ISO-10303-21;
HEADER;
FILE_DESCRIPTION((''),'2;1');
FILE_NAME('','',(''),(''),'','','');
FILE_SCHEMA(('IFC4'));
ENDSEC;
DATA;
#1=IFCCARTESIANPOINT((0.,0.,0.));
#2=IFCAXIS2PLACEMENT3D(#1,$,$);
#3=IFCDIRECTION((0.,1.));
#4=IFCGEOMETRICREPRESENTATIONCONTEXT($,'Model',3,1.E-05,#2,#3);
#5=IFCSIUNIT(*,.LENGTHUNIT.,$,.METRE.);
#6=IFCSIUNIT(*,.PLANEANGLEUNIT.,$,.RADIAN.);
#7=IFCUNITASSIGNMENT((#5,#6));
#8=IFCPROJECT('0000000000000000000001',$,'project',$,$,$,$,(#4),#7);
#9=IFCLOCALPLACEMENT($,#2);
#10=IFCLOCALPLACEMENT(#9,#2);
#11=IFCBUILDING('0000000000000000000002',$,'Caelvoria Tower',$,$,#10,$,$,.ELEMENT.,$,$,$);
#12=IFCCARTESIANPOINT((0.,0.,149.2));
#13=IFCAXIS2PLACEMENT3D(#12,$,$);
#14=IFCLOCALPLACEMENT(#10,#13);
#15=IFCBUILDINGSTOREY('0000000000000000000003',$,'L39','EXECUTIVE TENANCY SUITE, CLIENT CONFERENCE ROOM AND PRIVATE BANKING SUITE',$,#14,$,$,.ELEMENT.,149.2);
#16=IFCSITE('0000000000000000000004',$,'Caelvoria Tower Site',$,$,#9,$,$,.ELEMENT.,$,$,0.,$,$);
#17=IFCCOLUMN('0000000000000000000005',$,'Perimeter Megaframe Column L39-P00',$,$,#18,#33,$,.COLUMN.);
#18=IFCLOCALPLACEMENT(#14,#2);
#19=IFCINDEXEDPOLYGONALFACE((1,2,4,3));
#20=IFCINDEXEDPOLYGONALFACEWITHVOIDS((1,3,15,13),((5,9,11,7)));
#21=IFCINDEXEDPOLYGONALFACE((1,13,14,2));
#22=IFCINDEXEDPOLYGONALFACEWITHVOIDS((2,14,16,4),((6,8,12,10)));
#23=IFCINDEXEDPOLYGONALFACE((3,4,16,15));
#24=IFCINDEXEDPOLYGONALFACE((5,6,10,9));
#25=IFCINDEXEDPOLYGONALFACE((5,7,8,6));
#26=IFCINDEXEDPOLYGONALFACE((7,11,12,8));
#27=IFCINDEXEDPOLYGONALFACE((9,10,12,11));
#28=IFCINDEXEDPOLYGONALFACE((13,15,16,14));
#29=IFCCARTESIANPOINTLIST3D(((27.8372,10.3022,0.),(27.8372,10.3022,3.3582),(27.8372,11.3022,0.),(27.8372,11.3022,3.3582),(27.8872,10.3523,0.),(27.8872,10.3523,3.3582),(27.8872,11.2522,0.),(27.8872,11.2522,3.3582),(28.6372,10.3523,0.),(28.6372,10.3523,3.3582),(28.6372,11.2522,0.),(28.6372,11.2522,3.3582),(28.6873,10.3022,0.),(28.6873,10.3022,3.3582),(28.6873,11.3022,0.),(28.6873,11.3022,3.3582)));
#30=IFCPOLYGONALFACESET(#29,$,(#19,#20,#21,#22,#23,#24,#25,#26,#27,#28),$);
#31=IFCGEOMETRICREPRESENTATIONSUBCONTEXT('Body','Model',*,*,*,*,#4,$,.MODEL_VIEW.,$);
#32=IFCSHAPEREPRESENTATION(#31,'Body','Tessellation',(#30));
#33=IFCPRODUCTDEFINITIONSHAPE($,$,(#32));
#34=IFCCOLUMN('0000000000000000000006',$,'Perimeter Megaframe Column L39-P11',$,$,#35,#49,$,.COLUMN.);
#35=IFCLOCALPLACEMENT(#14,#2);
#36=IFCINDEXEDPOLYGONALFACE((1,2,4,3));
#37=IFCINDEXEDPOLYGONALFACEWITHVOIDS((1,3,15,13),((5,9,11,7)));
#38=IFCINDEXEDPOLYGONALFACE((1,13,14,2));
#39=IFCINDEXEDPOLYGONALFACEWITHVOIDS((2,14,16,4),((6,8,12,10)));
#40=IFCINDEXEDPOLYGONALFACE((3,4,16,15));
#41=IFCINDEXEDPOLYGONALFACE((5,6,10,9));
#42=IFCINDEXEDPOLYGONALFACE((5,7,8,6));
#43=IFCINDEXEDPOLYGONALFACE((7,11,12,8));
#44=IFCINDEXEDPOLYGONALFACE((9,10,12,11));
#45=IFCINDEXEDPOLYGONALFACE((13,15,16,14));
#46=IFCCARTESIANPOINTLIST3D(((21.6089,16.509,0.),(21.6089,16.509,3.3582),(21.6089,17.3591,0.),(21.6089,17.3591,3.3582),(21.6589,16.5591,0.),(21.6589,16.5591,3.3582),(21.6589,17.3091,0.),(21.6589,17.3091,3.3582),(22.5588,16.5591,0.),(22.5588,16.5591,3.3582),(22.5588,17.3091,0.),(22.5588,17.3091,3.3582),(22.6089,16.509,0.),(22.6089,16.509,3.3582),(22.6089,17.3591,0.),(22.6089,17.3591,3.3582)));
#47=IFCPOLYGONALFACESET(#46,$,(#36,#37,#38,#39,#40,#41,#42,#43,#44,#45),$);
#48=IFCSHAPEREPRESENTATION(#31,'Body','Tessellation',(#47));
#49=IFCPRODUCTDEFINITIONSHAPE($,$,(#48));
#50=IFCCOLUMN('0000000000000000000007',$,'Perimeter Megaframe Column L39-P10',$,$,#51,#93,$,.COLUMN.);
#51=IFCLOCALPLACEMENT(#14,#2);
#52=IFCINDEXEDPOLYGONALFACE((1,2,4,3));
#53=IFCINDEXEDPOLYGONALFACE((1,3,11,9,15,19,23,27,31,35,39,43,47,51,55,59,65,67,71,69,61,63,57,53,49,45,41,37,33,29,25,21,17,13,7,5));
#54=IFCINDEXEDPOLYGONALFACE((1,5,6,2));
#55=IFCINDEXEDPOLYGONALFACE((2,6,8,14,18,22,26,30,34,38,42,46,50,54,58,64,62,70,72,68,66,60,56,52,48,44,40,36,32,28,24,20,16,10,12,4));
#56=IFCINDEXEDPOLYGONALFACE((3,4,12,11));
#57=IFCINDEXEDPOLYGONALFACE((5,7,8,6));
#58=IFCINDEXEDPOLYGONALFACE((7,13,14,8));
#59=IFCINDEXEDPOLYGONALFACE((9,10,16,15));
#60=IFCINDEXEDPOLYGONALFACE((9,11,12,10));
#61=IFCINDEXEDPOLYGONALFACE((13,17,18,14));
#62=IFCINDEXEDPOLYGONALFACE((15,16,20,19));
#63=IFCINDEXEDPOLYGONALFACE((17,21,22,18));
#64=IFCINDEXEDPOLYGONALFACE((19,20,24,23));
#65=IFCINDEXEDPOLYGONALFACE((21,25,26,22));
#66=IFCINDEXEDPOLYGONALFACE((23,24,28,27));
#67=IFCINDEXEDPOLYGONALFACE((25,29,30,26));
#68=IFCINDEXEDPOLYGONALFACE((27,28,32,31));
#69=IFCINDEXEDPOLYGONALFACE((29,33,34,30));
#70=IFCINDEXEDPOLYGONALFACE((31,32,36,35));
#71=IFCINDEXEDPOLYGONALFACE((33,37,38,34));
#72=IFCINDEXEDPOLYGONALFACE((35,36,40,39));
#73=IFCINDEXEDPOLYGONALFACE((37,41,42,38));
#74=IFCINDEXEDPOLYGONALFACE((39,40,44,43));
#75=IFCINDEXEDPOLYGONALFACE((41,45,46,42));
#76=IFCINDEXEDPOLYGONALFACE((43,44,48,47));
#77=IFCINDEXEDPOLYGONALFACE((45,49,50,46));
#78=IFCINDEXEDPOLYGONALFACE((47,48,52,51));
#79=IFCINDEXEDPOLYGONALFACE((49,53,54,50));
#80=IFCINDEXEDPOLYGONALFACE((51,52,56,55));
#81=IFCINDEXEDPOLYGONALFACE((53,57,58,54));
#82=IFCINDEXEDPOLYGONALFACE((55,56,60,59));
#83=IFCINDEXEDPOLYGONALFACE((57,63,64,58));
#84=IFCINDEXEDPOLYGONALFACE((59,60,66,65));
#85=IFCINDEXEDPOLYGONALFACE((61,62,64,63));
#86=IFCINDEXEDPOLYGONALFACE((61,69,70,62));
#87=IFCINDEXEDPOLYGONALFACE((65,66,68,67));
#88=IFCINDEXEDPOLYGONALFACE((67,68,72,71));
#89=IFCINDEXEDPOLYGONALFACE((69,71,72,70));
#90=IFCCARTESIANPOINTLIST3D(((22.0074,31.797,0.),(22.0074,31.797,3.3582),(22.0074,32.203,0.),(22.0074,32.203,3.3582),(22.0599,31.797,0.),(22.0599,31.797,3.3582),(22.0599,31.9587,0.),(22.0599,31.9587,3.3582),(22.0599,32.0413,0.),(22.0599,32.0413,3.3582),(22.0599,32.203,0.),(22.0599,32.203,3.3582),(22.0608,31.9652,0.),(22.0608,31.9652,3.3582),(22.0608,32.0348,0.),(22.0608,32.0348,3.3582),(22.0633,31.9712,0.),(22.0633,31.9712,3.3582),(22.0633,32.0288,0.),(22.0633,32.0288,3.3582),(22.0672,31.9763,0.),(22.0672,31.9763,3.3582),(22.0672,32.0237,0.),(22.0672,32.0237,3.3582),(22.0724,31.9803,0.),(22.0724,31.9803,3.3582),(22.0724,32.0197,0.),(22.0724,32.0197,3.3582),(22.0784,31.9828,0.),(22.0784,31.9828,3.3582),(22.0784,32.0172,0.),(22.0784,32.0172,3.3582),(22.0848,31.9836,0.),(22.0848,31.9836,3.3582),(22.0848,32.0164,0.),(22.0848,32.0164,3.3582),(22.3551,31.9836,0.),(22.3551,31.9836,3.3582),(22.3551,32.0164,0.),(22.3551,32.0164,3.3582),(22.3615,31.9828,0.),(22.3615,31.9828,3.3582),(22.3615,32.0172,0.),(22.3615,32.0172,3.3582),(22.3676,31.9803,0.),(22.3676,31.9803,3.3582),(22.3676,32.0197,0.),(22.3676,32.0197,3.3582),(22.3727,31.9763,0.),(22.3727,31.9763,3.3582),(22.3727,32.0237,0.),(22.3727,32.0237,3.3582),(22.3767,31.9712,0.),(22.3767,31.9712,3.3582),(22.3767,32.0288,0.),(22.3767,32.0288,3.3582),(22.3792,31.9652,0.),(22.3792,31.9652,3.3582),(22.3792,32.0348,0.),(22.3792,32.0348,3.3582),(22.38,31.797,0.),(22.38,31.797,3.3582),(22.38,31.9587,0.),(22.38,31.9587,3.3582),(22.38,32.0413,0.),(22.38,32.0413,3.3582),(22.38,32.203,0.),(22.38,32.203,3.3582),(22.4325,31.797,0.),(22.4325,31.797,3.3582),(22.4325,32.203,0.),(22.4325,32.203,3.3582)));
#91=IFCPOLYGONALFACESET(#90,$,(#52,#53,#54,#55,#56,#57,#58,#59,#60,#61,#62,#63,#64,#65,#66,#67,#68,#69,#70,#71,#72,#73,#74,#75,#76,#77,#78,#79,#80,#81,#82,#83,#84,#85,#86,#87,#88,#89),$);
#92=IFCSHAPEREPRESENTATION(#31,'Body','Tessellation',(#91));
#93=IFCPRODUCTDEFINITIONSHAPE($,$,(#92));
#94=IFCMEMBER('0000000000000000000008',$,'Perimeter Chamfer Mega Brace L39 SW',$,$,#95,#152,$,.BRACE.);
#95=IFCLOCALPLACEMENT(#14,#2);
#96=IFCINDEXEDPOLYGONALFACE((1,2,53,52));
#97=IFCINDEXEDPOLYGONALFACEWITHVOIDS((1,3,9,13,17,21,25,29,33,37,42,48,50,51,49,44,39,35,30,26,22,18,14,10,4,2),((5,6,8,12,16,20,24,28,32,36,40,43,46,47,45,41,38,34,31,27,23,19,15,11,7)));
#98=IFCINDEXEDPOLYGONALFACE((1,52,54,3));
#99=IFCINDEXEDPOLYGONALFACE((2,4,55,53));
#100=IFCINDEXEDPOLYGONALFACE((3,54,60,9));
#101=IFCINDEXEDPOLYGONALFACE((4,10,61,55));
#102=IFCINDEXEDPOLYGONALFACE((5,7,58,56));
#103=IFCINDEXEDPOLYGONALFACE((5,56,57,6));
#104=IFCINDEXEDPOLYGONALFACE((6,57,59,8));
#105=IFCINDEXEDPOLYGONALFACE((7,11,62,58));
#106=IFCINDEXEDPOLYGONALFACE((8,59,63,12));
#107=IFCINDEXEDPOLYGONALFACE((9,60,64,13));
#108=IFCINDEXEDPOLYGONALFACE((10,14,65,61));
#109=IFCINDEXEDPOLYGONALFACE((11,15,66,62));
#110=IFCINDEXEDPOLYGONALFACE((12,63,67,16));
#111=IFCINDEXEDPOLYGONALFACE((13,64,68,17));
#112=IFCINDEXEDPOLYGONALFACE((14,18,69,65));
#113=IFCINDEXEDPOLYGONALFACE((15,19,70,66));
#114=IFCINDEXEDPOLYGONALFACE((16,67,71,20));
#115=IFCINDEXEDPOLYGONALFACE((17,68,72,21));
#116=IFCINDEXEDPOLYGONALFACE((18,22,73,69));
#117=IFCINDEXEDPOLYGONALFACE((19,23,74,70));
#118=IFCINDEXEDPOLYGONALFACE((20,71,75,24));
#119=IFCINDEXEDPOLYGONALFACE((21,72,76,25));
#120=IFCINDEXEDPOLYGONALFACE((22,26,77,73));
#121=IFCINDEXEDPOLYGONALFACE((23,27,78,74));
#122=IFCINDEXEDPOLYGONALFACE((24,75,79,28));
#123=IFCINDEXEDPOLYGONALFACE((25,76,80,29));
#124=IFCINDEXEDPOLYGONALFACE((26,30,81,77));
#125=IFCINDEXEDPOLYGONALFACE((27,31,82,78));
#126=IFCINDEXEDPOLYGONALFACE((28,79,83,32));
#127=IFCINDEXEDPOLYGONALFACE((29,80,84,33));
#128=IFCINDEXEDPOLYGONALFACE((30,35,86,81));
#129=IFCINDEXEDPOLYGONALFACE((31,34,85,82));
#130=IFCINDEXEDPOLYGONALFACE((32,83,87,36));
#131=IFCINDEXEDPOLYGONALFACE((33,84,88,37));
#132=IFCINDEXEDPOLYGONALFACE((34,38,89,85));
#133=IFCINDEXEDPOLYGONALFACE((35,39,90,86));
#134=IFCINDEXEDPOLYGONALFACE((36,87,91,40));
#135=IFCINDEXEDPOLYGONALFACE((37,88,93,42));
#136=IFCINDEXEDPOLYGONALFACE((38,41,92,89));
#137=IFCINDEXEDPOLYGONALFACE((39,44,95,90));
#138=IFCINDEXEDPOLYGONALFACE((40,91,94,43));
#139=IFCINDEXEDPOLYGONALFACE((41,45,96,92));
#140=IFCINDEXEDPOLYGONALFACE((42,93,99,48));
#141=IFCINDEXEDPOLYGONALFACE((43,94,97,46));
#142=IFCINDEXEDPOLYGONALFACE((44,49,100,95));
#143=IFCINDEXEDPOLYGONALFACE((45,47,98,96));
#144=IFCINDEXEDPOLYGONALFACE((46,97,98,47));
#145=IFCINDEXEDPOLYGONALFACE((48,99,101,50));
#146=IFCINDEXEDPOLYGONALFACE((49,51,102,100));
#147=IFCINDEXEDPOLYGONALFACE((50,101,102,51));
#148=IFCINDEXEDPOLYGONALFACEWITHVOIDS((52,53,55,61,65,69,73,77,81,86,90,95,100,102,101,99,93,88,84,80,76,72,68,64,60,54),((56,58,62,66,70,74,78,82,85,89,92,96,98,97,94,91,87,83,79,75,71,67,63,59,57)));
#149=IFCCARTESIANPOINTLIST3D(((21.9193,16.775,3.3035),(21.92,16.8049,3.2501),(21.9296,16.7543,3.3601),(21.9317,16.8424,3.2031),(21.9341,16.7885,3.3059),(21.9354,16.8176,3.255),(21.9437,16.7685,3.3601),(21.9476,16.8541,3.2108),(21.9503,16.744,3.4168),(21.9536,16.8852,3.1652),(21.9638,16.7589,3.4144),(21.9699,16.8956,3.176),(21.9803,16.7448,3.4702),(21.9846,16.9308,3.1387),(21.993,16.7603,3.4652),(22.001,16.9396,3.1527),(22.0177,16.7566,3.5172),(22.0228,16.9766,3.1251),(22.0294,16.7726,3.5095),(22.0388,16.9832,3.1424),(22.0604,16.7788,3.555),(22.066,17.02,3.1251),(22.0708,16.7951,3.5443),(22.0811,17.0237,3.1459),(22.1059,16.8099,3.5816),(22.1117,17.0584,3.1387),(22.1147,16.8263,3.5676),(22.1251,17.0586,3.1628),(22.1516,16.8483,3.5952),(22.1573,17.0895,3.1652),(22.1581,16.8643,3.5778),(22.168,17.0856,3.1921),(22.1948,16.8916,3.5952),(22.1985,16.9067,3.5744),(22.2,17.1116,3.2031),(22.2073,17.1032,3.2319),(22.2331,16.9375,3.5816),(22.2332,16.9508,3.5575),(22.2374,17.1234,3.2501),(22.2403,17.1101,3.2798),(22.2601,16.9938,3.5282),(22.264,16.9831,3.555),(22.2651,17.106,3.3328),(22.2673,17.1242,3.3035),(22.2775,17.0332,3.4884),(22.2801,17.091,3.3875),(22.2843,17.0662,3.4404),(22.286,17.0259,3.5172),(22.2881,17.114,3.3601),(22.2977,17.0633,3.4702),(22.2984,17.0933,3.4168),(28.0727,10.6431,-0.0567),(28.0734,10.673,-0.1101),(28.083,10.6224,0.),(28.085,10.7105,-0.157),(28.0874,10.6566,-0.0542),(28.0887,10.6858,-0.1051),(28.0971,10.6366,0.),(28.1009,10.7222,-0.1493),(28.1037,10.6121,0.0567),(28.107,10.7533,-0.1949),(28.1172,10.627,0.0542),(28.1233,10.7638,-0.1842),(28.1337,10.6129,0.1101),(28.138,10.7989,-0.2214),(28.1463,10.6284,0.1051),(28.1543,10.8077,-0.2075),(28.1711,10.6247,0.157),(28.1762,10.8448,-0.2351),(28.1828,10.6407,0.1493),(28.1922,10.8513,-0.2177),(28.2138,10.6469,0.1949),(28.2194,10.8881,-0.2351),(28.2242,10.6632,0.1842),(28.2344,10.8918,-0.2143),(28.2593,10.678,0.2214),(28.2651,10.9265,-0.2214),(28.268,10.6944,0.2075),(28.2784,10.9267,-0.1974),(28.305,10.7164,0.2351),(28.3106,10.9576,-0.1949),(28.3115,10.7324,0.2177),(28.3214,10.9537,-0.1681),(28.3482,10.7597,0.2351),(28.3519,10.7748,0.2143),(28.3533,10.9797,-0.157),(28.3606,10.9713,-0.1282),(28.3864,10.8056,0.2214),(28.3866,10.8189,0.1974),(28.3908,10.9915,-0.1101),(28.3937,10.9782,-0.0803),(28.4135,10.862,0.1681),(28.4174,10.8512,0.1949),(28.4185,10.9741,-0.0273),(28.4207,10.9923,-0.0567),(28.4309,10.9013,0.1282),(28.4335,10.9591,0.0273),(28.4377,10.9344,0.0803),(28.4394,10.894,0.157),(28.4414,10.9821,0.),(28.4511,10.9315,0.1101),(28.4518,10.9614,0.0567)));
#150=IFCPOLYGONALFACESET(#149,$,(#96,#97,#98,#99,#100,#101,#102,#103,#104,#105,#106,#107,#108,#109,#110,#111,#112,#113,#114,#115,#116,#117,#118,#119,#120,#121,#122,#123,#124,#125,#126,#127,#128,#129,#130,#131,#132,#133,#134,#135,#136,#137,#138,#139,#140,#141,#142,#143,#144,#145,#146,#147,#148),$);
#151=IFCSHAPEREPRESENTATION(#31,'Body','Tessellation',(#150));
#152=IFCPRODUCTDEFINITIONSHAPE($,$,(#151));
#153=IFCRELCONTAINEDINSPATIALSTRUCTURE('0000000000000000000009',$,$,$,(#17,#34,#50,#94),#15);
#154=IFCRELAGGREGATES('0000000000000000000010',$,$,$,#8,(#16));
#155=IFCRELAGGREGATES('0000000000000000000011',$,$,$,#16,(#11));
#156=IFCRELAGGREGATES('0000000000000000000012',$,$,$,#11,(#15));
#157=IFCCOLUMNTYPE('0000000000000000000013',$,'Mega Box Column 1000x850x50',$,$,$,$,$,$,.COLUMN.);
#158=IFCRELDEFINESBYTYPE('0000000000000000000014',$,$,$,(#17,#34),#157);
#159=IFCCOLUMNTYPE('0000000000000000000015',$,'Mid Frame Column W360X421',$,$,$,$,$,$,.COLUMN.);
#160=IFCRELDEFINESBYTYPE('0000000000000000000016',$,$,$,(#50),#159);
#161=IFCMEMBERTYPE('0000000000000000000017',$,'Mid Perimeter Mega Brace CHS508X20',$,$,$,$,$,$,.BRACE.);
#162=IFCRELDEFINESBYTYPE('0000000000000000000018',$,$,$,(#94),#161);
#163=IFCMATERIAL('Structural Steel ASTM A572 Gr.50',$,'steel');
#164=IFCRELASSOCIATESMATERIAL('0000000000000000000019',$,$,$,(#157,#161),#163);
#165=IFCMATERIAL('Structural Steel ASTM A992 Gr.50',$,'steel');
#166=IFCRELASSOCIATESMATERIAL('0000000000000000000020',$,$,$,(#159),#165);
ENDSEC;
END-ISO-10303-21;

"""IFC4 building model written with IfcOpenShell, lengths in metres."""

from ifc_helpers import new_model, si_unit, direction, frame, origin, origin_2d, place, context, subcontext, project, spatial, hollow_rectangle, hollow_circle, i_section, extrude, material, material_profile, profile_set, type_object, element, save


model = new_model("IFC4")

# Units and contexts
model_context = context("Model", 3, precision=1e-05, world=origin(), true_north=direction((0.0, 1.0)))
body_context = subcontext(model_context, "Body", "Model", "MODEL_VIEW")
ifc_project = project(units=[si_unit("LENGTHUNIT", "METRE"), si_unit("PLANEANGLEUNIT", "RADIAN")], contexts=[model_context])

# Site, building, storey
site_placement = place(None, origin())
site = spatial("IfcSite", under=ifc_project, at=site_placement, Name="Caelvoria Tower Site", CompositionType="ELEMENT", RefElevation=0.0)
building_placement = place(site_placement, origin())
building = spatial("IfcBuilding", under=site, at=building_placement, Name="Caelvoria Tower", CompositionType="ELEMENT")
storey_placement = place(building_placement, frame((0.0, 0.0, 149.2)))
storey = spatial("IfcBuildingStorey", under=building, at=storey_placement, Name="L39", Description="EXECUTIVE TENANCY SUITE, CLIENT CONFERENCE ROOM AND PRIVATE BANKING SUITE", CompositionType="ELEMENT", Elevation=149.2)

# Columns
ifc_material_1 = material(Name="Structural Steel ASTM A572 Gr.50", Category="steel")
ifc_material_profile_1 = material_profile(ifc_material_1, hollow_rectangle(XDim=0.8501, YDim=1.0, WallThickness=0.05, at=origin_2d()), Name="Structural Steel ASTM A572 Gr.50")
ifc_profile_set_1 = profile_set([ifc_material_profile_1], Name="BOX1000X850X50 - Structural Steel ASTM A572 Gr.50")
column_type_1 = type_object("IfcColumnType", Name="Mega Box Column 1000x850x50", PredefinedType="COLUMN", material=ifc_profile_set_1)
for number, where, z_axis, x_axis, name in (
    (1, (28.2622, 10.8022, 0.0), (0.0, 0.0, 1.0), (1.0, 0.0, 0.0), "Perimeter Megaframe Column L39-P00"),
    (2, (22.1089, 16.9341, 0.0), (0.0, 0.0, 1.0), (0.0, 1.0, 0.0), "Perimeter Megaframe Column L39-P11"),
):
    element("IfcColumn", number, at=place(storey_placement, frame(where, z_axis=z_axis, x_axis=x_axis)), inside=storey, type_object=column_type_1, Name=name, PredefinedType="COLUMN", context=body_context, shape_type="SweptSolid", body=[
        extrude(hollow_rectangle(XDim=0.8501, YDim=1.0, WallThickness=0.05, at=origin_2d()), origin(), (0.0, 0.0, 1.0), 3.3582),
    ])
ifc_material_2 = material(Name="Structural Steel ASTM A992 Gr.50", Category="steel")
ifc_material_profile_2 = material_profile(ifc_material_2, i_section(OverallWidth=0.406, OverallDepth=0.425, WebThickness=0.0327, FlangeThickness=0.0525, FilletRadius=0.0249, at=origin_2d()), Name="Structural Steel ASTM A992 Gr.50")
ifc_profile_set_2 = profile_set([ifc_material_profile_2], Name="W360X421 - Structural Steel ASTM A992 Gr.50")
column_type_2 = type_object("IfcColumnType", Name="Mid Frame Column W360X421", PredefinedType="COLUMN", material=ifc_profile_set_2)
column_placement = place(storey_placement, frame((22.22, 32.0, 0.0), z_axis=(0.0, 0.0, 1.0), x_axis=(0.0, 1.0, 0.0)))
element("IfcColumn", 3, at=column_placement, inside=storey, type_object=column_type_2, Name="Perimeter Megaframe Column L39-P10", PredefinedType="COLUMN", context=body_context, shape_type="SweptSolid", body=[
    extrude(i_section(OverallWidth=0.406, OverallDepth=0.425, WebThickness=0.0327, FlangeThickness=0.0525, FilletRadius=0.0249, at=origin_2d()), origin(), (0.0, 0.0, 1.0), 3.3582),
])

# Member
ifc_material_profile_3 = material_profile(ifc_material_1, hollow_circle(Radius=0.2539, WallThickness=0.02, at=origin_2d()), Name="Structural Steel ASTM A572 Gr.50")
ifc_profile_set_3 = profile_set([ifc_material_profile_3], Name="CHS508X20 - Structural Steel ASTM A572 Gr.50")
member_type = type_object("IfcMemberType", Name="Mid Perimeter Mega Brace CHS508X20", PredefinedType="BRACE", material=ifc_profile_set_3)
member_1_placement = place(storey_placement, frame((28.2622, 10.8022, 0.0), z_axis=(-0.660643, 0.658337, 0.360754), x_axis=(-0.705869, -0.708342, 0.0)))
element("IfcMember", 4, at=member_1_placement, inside=storey, type_object=member_type, Name="Perimeter Chamfer Mega Brace L39 SW", PredefinedType="BRACE", context=body_context, shape_type="SweptSolid", body=[
    extrude(hollow_circle(Radius=0.2539, WallThickness=0.02, at=origin_2d()), origin(), (0.0, 0.0, 1.0), 9.3142),
])

save(model, "model.ifc")
